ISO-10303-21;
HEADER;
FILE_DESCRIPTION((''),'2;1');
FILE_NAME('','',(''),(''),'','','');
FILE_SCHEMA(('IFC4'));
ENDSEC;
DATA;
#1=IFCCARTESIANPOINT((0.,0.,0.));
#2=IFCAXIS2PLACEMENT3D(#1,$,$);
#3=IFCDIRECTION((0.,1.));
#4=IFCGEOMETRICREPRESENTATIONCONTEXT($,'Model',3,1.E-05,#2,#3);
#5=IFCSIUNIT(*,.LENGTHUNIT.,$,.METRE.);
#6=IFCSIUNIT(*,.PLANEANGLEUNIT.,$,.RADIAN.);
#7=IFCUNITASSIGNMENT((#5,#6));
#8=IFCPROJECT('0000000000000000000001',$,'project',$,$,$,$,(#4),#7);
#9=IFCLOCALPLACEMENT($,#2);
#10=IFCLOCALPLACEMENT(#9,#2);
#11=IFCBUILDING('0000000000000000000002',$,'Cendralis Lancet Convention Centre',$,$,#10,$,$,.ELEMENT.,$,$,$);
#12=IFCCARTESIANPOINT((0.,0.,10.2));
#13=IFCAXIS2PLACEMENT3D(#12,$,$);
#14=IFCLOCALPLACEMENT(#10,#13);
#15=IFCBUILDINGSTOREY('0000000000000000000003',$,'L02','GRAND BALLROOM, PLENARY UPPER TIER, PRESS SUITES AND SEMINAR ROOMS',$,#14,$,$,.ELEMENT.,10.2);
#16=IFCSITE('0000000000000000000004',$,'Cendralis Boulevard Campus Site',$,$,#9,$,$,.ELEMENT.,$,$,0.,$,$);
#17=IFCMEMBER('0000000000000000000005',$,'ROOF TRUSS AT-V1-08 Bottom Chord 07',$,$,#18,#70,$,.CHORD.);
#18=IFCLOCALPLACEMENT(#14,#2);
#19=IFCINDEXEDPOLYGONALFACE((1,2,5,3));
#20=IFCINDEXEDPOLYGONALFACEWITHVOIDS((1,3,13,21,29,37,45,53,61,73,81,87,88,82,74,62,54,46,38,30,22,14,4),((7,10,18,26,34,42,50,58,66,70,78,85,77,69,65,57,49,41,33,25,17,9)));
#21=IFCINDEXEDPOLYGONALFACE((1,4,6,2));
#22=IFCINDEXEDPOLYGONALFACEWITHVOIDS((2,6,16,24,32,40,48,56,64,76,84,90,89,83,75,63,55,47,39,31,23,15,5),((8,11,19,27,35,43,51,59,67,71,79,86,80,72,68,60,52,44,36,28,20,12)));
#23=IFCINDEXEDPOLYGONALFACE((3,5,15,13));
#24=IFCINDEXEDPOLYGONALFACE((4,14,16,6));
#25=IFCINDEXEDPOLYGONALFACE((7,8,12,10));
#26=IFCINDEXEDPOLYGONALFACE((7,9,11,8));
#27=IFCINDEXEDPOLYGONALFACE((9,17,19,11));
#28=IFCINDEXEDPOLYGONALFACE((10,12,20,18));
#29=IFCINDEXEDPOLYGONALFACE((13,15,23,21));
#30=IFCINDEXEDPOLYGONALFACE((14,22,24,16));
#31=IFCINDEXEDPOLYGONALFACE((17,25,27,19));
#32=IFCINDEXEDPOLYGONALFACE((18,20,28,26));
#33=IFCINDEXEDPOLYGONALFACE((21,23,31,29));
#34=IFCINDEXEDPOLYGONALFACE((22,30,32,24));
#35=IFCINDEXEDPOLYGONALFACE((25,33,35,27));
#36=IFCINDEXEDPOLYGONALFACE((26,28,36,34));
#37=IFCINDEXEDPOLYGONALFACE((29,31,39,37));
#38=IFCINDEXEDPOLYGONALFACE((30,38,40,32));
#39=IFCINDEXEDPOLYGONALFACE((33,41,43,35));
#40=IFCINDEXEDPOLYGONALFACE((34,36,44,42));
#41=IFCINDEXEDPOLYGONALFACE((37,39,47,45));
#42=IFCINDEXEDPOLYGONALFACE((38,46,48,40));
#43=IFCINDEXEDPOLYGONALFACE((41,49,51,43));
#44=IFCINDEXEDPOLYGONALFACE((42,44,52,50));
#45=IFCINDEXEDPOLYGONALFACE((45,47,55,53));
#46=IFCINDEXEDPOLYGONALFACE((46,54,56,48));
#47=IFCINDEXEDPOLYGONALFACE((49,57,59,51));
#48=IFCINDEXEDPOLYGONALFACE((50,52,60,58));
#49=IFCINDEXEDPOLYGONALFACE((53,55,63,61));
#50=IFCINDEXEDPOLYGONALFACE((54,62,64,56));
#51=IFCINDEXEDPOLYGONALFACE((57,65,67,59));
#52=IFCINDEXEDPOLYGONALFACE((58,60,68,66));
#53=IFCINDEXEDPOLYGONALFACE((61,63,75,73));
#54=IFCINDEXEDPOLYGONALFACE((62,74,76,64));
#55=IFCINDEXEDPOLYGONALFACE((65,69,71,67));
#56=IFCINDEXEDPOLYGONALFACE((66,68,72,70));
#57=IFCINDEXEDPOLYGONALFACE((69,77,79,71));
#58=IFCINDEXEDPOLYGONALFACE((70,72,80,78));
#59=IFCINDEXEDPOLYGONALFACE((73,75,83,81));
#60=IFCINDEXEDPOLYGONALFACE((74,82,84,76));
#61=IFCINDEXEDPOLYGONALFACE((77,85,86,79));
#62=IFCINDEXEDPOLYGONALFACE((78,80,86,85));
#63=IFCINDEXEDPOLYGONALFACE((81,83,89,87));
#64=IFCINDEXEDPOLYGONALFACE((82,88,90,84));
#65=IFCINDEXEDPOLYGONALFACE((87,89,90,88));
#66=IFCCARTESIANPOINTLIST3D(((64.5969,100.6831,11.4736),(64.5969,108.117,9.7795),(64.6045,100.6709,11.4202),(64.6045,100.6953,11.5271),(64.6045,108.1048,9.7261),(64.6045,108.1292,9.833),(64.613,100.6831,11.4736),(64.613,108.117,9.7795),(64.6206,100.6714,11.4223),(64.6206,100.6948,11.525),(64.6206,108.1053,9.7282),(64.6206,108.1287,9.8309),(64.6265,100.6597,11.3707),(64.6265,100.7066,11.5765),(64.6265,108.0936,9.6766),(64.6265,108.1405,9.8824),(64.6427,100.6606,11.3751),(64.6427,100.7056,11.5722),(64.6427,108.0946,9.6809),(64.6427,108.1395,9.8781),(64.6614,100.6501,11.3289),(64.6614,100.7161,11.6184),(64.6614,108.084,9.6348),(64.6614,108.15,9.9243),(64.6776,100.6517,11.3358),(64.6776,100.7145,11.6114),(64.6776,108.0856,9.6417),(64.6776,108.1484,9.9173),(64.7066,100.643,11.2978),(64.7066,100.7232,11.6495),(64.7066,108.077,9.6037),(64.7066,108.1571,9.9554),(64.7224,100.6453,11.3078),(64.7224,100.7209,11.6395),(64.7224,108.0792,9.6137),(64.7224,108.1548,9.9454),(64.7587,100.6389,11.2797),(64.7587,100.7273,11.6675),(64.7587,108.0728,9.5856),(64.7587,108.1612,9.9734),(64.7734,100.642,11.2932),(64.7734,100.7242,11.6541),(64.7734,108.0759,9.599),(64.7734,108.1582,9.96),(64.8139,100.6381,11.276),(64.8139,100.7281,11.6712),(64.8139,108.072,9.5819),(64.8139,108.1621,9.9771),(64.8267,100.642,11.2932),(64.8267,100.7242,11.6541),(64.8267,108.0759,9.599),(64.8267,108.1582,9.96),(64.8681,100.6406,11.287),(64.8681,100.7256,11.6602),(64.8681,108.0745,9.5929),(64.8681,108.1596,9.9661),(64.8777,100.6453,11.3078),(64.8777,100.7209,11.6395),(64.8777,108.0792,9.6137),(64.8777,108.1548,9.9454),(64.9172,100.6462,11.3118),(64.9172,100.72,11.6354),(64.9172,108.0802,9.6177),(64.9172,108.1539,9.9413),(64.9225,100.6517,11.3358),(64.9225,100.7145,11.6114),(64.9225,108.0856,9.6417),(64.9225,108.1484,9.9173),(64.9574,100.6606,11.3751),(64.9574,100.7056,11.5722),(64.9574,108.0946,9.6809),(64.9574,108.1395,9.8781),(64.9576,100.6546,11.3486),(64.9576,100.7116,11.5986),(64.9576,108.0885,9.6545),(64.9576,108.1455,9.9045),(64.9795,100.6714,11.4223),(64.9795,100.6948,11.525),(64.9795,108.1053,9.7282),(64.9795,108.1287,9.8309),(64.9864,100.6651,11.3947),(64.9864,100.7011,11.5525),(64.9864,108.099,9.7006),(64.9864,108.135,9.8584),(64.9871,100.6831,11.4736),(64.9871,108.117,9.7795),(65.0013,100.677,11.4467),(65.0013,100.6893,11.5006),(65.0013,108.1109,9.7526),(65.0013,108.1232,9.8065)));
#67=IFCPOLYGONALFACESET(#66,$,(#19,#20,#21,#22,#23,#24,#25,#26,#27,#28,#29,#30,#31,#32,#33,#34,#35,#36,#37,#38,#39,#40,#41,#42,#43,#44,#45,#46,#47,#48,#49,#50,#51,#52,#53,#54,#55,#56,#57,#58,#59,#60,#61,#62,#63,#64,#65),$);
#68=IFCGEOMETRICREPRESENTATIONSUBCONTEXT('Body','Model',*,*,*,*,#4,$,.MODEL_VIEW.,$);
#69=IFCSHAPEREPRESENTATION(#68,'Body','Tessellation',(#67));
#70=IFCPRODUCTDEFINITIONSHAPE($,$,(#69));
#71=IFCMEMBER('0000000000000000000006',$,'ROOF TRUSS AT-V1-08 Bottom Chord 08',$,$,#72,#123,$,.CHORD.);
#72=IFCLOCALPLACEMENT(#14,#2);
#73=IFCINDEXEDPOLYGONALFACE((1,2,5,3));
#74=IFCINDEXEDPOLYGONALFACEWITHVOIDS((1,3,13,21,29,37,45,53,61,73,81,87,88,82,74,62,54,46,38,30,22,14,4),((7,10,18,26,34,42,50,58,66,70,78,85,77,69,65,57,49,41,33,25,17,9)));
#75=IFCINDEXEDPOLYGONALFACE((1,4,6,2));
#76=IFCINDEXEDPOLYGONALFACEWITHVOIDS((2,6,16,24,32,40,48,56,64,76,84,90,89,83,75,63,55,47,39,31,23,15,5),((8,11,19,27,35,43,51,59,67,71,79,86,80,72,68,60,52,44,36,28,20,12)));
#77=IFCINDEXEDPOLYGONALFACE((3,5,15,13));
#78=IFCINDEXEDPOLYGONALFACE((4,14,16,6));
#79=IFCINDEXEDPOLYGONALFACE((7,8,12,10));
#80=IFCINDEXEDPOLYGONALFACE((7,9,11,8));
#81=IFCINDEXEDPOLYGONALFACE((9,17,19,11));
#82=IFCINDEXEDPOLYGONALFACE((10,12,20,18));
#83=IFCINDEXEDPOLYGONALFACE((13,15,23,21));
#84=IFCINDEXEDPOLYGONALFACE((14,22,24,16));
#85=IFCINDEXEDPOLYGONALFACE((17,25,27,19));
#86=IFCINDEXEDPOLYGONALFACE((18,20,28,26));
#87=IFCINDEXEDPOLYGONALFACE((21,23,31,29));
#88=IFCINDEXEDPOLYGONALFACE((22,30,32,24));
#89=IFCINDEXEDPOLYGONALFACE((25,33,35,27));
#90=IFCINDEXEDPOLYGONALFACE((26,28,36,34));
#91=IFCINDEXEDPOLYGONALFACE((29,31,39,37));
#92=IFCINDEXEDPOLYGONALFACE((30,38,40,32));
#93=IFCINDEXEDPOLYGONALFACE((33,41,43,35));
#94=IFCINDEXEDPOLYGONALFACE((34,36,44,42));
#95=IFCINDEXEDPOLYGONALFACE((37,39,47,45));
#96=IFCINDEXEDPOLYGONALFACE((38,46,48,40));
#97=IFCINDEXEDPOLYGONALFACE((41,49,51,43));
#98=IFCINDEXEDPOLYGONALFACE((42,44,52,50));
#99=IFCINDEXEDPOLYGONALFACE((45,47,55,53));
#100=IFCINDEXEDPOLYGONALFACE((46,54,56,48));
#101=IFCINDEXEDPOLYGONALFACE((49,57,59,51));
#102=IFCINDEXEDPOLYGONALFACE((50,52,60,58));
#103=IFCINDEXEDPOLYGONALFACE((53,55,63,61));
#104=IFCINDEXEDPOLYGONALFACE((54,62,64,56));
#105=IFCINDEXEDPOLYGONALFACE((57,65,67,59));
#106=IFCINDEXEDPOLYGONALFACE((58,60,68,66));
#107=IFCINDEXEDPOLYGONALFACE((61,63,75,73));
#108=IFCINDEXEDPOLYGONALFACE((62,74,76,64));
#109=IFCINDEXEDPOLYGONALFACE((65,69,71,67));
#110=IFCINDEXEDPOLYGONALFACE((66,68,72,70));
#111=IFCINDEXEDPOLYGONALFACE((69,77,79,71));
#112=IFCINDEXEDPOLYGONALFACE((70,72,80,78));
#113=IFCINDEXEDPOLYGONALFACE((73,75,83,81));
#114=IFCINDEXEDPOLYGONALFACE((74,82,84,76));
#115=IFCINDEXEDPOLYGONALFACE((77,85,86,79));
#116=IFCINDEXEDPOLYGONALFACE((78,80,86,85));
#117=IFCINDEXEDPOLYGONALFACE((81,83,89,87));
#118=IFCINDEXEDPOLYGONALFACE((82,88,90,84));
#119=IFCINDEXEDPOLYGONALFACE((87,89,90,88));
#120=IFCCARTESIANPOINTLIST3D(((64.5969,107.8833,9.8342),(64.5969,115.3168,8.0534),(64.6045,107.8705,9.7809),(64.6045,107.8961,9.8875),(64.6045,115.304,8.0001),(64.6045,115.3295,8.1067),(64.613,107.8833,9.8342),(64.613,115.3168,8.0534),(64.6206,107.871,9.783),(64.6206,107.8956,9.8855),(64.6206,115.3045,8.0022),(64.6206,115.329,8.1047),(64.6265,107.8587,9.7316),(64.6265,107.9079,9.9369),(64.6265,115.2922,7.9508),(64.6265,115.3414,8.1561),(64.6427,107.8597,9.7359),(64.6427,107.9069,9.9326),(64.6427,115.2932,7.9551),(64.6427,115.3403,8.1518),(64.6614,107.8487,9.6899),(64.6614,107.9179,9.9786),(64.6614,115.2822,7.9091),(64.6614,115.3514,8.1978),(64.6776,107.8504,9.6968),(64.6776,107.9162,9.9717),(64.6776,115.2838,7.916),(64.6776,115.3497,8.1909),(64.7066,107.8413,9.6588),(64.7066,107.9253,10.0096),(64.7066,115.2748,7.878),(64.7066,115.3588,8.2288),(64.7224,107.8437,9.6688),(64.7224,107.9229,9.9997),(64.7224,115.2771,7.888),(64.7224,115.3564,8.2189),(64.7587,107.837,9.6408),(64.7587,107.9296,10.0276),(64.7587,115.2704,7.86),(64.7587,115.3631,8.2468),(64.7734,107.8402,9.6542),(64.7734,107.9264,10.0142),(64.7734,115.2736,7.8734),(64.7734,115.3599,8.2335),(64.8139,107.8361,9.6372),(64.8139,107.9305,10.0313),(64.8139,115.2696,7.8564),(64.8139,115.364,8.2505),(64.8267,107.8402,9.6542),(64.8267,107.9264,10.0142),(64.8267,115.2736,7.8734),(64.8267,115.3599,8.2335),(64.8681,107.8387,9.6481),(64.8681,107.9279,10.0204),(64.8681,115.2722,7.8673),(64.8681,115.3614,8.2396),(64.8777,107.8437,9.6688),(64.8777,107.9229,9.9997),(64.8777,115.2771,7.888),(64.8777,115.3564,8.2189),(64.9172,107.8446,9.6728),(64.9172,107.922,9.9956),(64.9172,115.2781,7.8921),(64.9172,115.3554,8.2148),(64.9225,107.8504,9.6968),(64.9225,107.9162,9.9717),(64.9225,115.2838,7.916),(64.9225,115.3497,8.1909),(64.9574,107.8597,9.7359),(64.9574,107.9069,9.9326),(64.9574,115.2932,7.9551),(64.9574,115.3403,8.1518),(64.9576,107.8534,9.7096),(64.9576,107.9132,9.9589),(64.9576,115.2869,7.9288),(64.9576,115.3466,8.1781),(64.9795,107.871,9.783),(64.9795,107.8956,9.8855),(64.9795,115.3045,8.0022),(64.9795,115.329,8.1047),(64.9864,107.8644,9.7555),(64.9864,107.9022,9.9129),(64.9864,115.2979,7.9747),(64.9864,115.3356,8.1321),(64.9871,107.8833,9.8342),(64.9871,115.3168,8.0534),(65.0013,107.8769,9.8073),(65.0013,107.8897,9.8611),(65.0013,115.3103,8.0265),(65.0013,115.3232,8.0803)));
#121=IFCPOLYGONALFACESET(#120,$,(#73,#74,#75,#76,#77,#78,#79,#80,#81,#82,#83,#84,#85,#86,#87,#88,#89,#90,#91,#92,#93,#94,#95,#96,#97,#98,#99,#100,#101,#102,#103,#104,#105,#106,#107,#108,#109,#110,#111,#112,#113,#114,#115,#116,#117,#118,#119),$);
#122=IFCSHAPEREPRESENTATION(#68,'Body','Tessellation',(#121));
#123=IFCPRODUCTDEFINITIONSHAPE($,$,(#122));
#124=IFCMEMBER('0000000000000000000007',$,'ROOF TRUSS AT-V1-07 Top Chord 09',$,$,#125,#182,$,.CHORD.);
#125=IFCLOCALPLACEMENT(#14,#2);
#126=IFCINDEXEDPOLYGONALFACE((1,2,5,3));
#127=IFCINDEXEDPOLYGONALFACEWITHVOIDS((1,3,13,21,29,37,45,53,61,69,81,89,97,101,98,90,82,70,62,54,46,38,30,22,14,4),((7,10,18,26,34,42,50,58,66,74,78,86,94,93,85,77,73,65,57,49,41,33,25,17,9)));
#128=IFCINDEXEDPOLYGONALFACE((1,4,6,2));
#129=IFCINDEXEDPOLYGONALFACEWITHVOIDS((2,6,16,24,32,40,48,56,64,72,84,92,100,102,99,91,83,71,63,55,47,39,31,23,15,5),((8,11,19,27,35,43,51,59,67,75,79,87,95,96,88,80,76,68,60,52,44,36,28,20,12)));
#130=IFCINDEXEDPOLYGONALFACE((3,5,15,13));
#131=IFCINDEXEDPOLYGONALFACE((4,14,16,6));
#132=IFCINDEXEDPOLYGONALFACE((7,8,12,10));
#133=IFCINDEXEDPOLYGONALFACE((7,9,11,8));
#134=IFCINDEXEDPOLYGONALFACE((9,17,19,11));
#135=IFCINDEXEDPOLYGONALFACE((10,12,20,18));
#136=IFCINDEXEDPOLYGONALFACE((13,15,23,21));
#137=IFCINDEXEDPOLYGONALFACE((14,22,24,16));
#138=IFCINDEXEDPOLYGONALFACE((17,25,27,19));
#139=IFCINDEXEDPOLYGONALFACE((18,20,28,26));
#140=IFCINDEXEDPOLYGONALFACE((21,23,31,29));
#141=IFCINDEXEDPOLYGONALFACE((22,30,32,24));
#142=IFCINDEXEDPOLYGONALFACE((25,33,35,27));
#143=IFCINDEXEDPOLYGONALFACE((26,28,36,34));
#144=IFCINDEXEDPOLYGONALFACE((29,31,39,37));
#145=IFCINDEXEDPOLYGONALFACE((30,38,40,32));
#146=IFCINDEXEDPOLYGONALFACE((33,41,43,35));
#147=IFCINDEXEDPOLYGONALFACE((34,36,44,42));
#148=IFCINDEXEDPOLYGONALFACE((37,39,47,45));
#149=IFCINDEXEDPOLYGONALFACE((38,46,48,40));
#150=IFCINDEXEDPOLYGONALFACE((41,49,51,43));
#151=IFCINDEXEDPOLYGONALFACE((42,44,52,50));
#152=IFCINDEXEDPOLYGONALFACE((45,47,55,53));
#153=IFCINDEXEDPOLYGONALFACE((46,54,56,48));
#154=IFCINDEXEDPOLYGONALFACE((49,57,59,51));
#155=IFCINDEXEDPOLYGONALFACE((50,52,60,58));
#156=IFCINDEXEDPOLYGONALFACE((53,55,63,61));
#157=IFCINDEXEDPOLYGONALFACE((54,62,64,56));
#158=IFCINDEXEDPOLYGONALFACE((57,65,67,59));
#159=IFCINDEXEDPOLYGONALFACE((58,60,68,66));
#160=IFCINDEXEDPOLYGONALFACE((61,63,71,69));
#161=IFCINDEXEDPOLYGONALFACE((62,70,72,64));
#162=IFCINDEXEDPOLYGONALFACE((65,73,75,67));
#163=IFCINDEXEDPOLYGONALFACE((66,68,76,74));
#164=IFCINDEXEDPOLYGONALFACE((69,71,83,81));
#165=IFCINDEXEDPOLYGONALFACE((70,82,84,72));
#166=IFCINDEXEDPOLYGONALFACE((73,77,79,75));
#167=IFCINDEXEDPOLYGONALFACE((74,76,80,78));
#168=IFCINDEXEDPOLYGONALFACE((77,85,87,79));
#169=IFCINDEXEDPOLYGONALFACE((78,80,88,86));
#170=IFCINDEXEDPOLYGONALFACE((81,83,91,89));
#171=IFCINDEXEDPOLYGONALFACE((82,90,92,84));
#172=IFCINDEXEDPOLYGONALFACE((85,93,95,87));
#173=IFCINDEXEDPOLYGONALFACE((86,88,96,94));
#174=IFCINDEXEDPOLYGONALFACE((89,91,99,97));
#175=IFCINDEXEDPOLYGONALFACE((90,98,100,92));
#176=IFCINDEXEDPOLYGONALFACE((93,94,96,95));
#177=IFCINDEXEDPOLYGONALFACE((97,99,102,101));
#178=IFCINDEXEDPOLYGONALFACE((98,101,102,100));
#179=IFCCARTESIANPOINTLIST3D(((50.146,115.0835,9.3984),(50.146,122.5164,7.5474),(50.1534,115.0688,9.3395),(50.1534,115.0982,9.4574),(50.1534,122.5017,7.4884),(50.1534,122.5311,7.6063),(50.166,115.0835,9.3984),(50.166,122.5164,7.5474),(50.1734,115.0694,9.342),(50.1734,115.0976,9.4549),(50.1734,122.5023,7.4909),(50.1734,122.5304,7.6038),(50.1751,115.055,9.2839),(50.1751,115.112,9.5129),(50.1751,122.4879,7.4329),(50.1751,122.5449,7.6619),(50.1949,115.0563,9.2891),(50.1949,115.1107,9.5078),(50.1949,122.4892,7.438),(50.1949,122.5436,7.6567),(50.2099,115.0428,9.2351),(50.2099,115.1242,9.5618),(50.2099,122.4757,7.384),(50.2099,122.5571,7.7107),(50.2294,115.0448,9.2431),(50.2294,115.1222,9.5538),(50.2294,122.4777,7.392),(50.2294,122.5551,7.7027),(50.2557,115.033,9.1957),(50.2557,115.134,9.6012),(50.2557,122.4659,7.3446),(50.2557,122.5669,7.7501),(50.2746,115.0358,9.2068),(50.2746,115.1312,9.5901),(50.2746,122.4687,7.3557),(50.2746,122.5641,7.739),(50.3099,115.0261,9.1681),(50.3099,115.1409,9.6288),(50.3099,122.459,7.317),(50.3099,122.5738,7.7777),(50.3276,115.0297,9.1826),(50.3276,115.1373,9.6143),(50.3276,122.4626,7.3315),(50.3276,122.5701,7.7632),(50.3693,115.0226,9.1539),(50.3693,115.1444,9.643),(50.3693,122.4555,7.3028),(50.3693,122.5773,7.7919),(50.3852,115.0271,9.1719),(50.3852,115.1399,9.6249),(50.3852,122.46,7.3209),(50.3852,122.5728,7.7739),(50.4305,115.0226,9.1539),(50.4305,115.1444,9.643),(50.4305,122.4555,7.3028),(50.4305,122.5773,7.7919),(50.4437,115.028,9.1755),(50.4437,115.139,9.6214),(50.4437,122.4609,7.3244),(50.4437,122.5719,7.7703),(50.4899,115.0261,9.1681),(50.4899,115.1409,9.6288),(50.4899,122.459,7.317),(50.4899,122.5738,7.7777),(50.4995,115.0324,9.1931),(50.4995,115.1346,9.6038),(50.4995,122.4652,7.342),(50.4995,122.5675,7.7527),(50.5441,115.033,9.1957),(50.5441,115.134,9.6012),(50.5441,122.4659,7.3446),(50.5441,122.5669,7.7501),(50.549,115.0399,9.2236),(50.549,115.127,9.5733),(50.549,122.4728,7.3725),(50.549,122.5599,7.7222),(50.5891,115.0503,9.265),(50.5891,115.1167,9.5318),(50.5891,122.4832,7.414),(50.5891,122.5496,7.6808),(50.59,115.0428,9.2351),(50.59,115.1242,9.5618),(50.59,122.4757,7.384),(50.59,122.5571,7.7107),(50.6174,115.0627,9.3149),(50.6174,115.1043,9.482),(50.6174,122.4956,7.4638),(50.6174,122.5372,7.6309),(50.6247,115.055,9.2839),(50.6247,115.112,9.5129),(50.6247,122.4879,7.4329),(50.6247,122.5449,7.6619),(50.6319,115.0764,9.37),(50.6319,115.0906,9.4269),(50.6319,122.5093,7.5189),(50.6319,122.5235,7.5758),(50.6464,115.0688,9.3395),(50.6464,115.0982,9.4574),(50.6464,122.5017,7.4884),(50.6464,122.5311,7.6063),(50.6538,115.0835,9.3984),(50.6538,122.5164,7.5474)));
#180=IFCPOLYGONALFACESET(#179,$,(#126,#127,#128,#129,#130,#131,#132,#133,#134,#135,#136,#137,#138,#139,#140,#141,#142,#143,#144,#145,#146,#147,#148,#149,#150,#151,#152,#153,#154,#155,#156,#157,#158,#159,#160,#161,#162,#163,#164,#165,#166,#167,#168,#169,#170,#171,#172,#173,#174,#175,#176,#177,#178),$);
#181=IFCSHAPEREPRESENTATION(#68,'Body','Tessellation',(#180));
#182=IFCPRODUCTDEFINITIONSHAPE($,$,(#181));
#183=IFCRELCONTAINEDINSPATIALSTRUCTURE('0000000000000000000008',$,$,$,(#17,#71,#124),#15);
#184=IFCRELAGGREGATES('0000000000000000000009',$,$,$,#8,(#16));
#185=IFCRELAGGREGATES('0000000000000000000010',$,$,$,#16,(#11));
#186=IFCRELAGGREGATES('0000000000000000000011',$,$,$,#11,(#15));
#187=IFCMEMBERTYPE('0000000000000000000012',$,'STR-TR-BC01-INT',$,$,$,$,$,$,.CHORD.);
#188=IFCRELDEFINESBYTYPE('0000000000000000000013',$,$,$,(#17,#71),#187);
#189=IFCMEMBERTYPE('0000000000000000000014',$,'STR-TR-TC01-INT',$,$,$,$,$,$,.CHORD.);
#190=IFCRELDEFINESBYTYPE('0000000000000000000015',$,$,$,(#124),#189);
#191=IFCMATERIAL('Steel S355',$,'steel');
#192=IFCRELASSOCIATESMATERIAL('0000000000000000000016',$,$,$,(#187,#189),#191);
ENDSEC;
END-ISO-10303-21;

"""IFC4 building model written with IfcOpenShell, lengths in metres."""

from ifc_helpers import new_model, si_unit, direction, frame, origin, origin_2d, place, context, subcontext, project, spatial, hollow_circle, extrude, material, material_profile, profile_set, type_object, element, save


model = new_model("IFC4")

# Units and contexts
model_context = context("Model", 3, precision=1e-05, world=origin(), true_north=direction((0.0, 1.0)))
body_context = subcontext(model_context, "Body", "Model", "MODEL_VIEW")
ifc_project = project(units=[si_unit("LENGTHUNIT", "METRE"), si_unit("PLANEANGLEUNIT", "RADIAN")], contexts=[model_context])

# Site, building, storey
site_placement = place(None, origin())
site = spatial("IfcSite", under=ifc_project, at=site_placement, Name="Cendralis Boulevard Campus Site", CompositionType="ELEMENT", RefElevation=0.0)
building_placement = place(site_placement, origin())
building = spatial("IfcBuilding", under=site, at=building_placement, Name="Cendralis Lancet Convention Centre", CompositionType="ELEMENT")
storey_placement = place(building_placement, frame((0.0, 0.0, 10.2)))
storey = spatial("IfcBuildingStorey", under=building, at=storey_placement, Name="L02", Description="GRAND BALLROOM, PLENARY UPPER TIER, PRESS SUITES AND SEMINAR ROOMS", CompositionType="ELEMENT", Elevation=10.2)

# Members
ifc_material = material(Name="Steel S355", Category="steel")
ifc_material_profile_1 = material_profile(ifc_material, hollow_circle(Radius=0.2031, WallThickness=0.0161, at=origin_2d()), Name="CHS 406.4x16.0")
ifc_profile_set_1 = profile_set([ifc_material_profile_1], Name="Steel S355")
member_type_1 = type_object("IfcMemberType", Name="STR-TR-BC01-INT", PredefinedType="CHORD", material=ifc_profile_set_1)
member_1_placement = place(storey_placement, frame((64.8, 100.6831, 11.4736), z_axis=(0.0, 0.975003, -0.222193), x_axis=(-1.0, 0.0, 0.0)))
element("IfcMember", 1, at=member_1_placement, inside=storey, type_object=member_type_1, Name="ROOF TRUSS AT-V1-08 Bottom Chord 07", PredefinedType="CHORD", context=body_context, shape_type="SweptSolid", body=[
    extrude(hollow_circle(Radius=0.2031, WallThickness=0.0161, at=origin_2d()), origin(), (0.0, 0.0, 1.0), 7.6245),
])
member_2_placement = place(storey_placement, frame((64.8, 107.8833, 9.8342), z_axis=(0.0, 0.972483, -0.232972), x_axis=(-1.0, 0.0, 0.0)))
element("IfcMember", 2, at=member_2_placement, inside=storey, type_object=member_type_1, Name="ROOF TRUSS AT-V1-08 Bottom Chord 08", PredefinedType="CHORD", context=body_context, shape_type="SweptSolid", body=[
    extrude(hollow_circle(Radius=0.2031, WallThickness=0.0161, at=origin_2d()), origin(), (0.0, 0.0, 1.0), 7.6438),
])
ifc_material_profile_2 = material_profile(ifc_material, hollow_circle(Radius=0.2539, WallThickness=0.02, at=origin_2d()), Name="CHS 508.0x20.0")
ifc_profile_set_2 = profile_set([ifc_material_profile_2], Name="Steel S355")
member_type_2 = type_object("IfcMemberType", Name="STR-TR-TC01-INT", PredefinedType="CHORD", material=ifc_profile_set_2)
member_3_placement = place(storey_placement, frame((50.3999, 115.0835, 9.3984), z_axis=(0.0, 0.970361, -0.241658), x_axis=(-1.0, 0.0, 0.0)))
element("IfcMember", 3, at=member_3_placement, inside=storey, type_object=member_type_2, Name="ROOF TRUSS AT-V1-07 Top Chord 09", PredefinedType="CHORD", context=body_context, shape_type="SweptSolid", body=[
    extrude(hollow_circle(Radius=0.2539, WallThickness=0.02, at=origin_2d()), origin(), (0.0, 0.0, 1.0), 7.6599),
])

save(model, "model.ifc")
